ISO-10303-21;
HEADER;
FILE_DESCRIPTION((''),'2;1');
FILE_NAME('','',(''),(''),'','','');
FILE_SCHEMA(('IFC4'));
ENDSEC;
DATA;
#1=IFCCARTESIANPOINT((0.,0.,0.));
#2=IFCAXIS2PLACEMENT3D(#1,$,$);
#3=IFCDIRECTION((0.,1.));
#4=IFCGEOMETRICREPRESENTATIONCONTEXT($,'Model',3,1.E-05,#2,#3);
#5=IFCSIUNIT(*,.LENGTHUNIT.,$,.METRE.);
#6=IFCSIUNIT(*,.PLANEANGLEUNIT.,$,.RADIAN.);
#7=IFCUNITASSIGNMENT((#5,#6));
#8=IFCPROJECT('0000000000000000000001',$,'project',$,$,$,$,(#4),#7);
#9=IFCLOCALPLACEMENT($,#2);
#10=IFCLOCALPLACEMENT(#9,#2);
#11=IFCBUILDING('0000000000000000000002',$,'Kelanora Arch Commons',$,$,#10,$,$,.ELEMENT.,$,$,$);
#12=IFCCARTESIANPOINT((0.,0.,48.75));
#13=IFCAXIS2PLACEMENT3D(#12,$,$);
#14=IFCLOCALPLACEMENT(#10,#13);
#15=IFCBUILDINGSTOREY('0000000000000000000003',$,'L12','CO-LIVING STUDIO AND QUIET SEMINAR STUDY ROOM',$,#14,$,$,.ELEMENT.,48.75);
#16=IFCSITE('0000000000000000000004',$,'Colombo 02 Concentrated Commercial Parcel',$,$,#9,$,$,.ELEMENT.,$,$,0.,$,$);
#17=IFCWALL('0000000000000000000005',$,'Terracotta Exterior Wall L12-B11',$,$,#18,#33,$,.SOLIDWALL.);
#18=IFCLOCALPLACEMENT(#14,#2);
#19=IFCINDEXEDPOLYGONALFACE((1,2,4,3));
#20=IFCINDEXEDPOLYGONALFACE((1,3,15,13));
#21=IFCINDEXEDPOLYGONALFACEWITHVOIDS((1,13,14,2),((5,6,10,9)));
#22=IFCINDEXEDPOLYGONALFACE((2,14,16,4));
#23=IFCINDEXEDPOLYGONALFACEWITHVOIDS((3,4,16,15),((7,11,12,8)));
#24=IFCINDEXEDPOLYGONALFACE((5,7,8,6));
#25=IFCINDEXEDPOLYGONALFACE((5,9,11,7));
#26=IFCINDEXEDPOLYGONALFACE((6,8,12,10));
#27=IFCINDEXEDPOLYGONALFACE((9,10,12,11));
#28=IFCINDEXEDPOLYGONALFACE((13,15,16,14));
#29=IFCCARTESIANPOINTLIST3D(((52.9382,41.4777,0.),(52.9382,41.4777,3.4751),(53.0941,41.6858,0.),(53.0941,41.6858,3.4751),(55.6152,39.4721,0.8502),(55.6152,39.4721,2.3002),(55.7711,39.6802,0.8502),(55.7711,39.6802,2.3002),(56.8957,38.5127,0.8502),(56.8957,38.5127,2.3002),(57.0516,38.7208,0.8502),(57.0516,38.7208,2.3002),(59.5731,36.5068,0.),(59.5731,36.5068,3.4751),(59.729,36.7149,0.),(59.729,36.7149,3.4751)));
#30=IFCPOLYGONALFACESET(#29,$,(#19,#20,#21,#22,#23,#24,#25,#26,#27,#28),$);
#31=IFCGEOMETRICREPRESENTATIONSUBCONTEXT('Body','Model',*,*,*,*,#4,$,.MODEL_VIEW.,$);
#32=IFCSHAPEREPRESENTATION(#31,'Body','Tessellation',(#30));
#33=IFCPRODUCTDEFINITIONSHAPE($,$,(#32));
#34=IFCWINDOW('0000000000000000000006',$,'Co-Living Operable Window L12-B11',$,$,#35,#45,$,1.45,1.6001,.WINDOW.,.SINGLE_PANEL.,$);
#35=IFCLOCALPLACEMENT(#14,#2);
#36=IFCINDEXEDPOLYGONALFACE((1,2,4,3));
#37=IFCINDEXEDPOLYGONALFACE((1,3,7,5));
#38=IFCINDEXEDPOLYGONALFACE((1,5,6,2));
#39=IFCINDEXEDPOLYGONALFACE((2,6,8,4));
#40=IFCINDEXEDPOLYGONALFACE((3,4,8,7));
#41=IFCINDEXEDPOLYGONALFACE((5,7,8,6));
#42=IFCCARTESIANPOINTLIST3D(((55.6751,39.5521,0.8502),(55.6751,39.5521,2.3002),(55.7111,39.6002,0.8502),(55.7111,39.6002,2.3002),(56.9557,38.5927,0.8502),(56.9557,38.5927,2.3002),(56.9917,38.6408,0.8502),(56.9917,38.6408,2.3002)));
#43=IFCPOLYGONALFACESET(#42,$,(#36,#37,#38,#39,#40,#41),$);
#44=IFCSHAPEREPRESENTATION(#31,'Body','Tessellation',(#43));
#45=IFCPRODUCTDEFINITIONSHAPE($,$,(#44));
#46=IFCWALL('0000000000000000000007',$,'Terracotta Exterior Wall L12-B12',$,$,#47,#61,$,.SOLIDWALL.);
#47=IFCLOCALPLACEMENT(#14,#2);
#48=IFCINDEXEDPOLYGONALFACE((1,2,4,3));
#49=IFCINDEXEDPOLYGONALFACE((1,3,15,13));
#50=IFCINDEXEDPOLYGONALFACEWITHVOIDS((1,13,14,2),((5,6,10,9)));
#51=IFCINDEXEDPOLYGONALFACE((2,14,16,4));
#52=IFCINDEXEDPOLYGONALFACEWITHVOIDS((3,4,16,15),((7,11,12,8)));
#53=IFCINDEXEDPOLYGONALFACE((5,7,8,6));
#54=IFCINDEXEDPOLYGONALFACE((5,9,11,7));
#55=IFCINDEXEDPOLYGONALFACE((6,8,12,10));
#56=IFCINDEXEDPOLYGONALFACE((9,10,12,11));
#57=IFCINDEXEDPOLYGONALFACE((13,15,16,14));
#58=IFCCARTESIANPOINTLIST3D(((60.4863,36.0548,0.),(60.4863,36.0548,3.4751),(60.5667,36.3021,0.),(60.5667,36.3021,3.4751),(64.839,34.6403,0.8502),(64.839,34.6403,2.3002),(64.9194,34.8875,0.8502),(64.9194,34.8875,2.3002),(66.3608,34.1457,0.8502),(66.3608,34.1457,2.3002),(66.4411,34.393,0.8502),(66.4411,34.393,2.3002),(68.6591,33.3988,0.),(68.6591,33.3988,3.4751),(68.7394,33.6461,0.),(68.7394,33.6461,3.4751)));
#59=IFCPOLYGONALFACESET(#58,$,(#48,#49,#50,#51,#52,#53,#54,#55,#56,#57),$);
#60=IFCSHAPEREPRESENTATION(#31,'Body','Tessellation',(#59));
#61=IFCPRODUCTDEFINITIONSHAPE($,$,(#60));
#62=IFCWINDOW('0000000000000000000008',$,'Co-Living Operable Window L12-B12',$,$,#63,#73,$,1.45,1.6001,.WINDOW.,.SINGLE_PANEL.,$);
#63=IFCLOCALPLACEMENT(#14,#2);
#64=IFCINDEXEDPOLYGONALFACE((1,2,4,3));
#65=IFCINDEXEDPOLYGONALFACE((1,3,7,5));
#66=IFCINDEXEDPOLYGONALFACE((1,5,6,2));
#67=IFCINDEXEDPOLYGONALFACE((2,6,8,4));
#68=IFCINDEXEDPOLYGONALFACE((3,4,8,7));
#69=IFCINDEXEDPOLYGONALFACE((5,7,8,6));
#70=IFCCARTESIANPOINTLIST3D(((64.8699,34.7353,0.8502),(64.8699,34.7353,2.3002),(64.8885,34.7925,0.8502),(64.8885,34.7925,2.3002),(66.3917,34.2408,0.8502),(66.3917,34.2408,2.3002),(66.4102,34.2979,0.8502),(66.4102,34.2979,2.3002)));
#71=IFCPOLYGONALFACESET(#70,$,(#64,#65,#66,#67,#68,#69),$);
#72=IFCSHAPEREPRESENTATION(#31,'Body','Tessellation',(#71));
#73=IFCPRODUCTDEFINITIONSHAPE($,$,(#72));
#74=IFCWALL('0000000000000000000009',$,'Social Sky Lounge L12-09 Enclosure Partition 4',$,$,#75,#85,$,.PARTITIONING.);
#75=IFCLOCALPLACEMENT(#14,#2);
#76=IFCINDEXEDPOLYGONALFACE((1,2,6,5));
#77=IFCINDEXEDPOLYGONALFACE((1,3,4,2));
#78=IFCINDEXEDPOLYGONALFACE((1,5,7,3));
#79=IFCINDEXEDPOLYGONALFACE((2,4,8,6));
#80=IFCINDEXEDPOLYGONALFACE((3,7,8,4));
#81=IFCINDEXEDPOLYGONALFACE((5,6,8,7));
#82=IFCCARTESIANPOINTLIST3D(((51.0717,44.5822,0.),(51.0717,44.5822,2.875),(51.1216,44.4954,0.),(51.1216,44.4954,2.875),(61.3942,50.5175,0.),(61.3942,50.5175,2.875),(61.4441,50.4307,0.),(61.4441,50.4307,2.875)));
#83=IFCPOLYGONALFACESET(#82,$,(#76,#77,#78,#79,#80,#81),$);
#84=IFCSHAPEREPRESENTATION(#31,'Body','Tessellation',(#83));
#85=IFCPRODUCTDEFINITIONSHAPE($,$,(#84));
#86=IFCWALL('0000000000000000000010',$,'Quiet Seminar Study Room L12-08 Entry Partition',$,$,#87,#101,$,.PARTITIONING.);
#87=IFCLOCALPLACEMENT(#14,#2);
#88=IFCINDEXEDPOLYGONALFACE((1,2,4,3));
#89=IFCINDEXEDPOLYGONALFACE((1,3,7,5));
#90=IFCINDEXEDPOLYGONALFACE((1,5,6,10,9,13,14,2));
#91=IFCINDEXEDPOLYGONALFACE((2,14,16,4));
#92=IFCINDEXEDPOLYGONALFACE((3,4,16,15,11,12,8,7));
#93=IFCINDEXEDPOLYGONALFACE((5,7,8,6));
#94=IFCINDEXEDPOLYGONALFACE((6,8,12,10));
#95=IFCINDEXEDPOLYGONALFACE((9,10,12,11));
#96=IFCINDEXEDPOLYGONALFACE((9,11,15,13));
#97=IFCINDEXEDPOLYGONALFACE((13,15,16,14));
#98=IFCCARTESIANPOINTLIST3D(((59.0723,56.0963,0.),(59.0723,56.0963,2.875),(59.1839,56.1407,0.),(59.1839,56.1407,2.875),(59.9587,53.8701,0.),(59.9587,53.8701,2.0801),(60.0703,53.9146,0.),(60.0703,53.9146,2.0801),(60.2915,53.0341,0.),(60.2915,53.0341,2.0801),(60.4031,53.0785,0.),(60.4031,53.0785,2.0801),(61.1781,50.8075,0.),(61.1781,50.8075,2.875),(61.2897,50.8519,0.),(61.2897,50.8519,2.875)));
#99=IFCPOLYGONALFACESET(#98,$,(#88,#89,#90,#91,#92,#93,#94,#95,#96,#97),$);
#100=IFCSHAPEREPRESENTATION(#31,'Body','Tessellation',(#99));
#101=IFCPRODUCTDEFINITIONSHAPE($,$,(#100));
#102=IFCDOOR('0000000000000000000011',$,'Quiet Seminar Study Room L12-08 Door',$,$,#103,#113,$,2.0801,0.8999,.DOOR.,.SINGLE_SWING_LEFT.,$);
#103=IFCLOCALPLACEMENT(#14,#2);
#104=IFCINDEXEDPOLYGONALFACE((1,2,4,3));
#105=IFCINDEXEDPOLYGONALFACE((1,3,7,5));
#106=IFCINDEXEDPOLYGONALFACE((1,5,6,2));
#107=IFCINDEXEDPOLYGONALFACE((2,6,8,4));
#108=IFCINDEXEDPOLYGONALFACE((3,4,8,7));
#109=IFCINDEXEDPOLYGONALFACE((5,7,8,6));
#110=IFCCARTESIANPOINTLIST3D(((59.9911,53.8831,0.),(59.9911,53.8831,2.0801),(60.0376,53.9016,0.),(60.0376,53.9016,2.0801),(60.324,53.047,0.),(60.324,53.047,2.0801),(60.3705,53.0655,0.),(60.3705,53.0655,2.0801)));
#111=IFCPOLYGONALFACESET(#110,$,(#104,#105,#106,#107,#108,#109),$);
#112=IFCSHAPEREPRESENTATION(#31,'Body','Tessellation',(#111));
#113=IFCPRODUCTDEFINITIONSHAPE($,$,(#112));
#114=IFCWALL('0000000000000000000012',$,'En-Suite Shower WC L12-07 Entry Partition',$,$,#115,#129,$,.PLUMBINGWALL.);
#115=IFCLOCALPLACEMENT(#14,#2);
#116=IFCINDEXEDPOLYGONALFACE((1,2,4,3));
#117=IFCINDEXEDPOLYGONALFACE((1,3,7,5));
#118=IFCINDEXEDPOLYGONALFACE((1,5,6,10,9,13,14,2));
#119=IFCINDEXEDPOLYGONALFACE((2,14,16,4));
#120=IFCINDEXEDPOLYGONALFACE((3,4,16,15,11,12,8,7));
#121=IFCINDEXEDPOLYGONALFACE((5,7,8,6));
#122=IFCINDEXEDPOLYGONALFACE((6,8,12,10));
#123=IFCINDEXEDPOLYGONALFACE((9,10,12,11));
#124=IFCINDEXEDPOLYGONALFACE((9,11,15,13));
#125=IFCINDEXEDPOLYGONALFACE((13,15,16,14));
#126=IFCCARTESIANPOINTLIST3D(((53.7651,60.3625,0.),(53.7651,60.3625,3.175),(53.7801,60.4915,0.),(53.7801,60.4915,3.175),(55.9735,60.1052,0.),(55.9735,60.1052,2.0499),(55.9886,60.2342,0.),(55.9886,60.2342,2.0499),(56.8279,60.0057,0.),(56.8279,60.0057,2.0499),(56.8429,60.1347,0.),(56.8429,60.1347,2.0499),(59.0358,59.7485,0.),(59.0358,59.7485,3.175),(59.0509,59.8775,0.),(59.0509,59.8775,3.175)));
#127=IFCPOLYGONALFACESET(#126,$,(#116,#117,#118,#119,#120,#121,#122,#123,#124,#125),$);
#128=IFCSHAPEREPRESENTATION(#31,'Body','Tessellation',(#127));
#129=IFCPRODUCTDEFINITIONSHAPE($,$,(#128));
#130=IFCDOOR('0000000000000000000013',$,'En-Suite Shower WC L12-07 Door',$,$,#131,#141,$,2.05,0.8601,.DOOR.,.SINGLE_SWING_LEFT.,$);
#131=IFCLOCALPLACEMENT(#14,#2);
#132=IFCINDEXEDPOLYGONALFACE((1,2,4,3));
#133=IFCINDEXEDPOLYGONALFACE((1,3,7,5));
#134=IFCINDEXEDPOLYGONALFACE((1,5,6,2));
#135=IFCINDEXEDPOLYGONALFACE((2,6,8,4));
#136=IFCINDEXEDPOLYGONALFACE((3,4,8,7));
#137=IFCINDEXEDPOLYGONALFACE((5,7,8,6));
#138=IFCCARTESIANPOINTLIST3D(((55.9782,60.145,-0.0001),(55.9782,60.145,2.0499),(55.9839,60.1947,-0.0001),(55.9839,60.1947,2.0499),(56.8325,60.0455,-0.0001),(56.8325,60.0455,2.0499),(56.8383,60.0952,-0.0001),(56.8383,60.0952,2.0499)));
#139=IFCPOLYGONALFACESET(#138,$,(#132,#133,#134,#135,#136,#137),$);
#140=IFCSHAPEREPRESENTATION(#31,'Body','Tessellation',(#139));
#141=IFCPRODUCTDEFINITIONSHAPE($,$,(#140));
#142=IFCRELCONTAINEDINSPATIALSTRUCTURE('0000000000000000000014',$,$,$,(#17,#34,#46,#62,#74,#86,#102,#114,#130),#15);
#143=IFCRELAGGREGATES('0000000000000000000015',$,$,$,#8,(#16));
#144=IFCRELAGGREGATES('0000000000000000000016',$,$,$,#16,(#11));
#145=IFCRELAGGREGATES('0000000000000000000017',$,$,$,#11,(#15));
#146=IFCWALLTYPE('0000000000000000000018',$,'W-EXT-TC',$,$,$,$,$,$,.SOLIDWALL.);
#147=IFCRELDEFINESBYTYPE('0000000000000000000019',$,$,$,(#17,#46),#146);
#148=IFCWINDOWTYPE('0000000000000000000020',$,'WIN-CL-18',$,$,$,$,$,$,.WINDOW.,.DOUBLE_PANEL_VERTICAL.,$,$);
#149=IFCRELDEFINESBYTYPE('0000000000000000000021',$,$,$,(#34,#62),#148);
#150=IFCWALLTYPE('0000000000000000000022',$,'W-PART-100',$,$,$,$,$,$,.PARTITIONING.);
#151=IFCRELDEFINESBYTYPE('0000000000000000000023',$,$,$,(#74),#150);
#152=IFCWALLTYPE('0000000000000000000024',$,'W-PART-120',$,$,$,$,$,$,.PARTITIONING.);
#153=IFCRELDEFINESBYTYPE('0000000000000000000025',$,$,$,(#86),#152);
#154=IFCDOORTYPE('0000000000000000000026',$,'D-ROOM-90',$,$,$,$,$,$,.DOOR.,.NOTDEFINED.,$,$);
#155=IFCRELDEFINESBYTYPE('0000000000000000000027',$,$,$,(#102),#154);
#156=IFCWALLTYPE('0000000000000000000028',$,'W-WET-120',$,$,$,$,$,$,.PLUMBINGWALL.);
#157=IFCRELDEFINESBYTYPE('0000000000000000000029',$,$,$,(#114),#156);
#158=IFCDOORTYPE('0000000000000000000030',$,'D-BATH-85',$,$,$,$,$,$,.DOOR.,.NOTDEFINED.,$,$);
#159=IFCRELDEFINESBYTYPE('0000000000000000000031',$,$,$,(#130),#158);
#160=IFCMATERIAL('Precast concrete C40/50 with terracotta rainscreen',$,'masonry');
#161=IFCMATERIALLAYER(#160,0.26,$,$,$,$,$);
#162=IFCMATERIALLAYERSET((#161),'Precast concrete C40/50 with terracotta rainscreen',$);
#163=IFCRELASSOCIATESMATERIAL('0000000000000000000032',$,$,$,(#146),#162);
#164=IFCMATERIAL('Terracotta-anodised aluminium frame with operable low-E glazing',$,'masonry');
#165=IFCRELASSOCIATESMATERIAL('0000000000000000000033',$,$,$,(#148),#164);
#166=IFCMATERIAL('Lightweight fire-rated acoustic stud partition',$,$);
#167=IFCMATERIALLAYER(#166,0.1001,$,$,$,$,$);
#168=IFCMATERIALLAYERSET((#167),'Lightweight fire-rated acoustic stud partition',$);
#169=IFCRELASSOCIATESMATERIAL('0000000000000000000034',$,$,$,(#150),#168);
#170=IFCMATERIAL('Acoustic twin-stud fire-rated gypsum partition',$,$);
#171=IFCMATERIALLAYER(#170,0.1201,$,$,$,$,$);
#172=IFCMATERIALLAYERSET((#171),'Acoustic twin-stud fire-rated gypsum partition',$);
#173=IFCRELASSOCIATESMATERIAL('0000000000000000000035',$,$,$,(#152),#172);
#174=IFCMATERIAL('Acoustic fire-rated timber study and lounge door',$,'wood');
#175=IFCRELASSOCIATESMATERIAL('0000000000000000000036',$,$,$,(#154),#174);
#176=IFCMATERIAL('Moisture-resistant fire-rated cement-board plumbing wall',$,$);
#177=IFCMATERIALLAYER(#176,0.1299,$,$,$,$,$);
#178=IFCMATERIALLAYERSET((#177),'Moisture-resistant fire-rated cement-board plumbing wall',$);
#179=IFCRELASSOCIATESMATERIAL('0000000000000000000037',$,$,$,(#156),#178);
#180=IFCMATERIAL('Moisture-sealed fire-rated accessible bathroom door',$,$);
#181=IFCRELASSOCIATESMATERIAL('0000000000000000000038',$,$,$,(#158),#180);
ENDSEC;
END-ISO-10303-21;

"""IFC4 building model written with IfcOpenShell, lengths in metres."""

from ifc_helpers import new_model, si_unit, direction, frame, frame_2d, origin, place, context, subcontext, project, spatial, rectangle, extrude, material, layer, layer_set, type_object, element, fill, save


model = new_model("IFC4")

# Units and contexts
model_context = context("Model", 3, precision=1e-05, world=origin(), true_north=direction((0.0, 1.0)))
body_context = subcontext(model_context, "Body", "Model", "MODEL_VIEW")
ifc_project = project(units=[si_unit("LENGTHUNIT", "METRE"), si_unit("PLANEANGLEUNIT", "RADIAN")], contexts=[model_context])

# Site, building, storey
site_placement = place(None, origin())
site = spatial("IfcSite", under=ifc_project, at=site_placement, Name="Colombo 02 Concentrated Commercial Parcel", CompositionType="ELEMENT", RefElevation=0.0)
building_placement = place(site_placement, origin())
building = spatial("IfcBuilding", under=site, at=building_placement, Name="Kelanora Arch Commons", CompositionType="ELEMENT")
storey_placement = place(building_placement, frame((0.0, 0.0, 48.75)))
storey = spatial("IfcBuildingStorey", under=building, at=storey_placement, Name="L12", Description="CO-LIVING STUDIO AND QUIET SEMINAR STUDY ROOM", CompositionType="ELEMENT", Elevation=48.75)

# Walls, openings, windows
ifc_material_1 = material(Name="Precast concrete C40/50 with terracotta rainscreen", Category="masonry")
ifc_layer_1 = layer(ifc_material_1, 0.26)
ifc_layer_set_1 = layer_set([ifc_layer_1], Name="Precast concrete C40/50 with terracotta rainscreen")
wall_type_1 = type_object("IfcWallType", Name="W-EXT-TC", PredefinedType="SOLIDWALL", material=ifc_layer_set_1)
wall_1_placement = place(storey_placement, frame((53.0161, 41.5818, 0.0), z_axis=(0.0, 0.0, 1.0), x_axis=(0.800307, -0.59959, 0.0)))
wall_1 = element("IfcWall", 1, at=wall_1_placement, inside=storey, type_object=wall_type_1, Name="Terracotta Exterior Wall L12-B11", PredefinedType="SOLIDWALL", context=body_context, shape_type="SweptSolid", body=[
    extrude(rectangle(XDim=8.2905, YDim=0.26, at=frame_2d((4.1453, 0.0))), origin(), (0.0, 0.0, 1.0), 3.4751),
])
opening_1_placement = place(wall_1_placement, frame((3.345, 0.0, 0.8501)))
opening_1 = element("IfcOpeningElement", 2, at=opening_1_placement, cuts=wall_1, PredefinedType="OPENING", context=body_context, shape_type="SweptSolid", body=[
    extrude(rectangle(XDim=1.6001, YDim=1.45, at=frame_2d((0.8, 0.7251))), frame((0.0, 0.1401, 0.0), z_axis=(0.0, -1.0, 0.0), x_axis=(1.0, 0.0, 0.0)), (0.0, 0.0, 1.0), 0.28),
])
ifc_material_2 = material(Name="Terracotta-anodised aluminium frame with operable low-E glazing", Category="masonry")
window_type = type_object("IfcWindowType", Name="WIN-CL-18", PartitioningType="DOUBLE_PANEL_VERTICAL", PredefinedType="WINDOW", material=ifc_material_2)
window_1_placement = place(opening_1_placement, origin())
window_1 = element("IfcWindow", 3, at=window_1_placement, inside=storey, type_object=window_type, Name="Co-Living Operable Window L12-B11", OverallHeight=1.45, OverallWidth=1.6001, PartitioningType="SINGLE_PANEL", PredefinedType="WINDOW", context=body_context, shape_type="SweptSolid", body=[
    extrude(rectangle(XDim=1.6001, YDim=1.45, at=frame_2d((0.8, 0.7251))), frame((0.0, 0.03, 0.0), z_axis=(0.0, -1.0, 0.0), x_axis=(1.0, 0.0, 0.0)), (0.0, 0.0, 1.0), 0.0601),
])
fill(opening_1, window_1)
wall_2_placement = place(storey_placement, frame((60.5264, 36.1785, 0.0), z_axis=(0.0, 0.0, 1.0), x_axis=(0.95104, -0.309068, 0.0)))
wall_2 = element("IfcWall", 4, at=wall_2_placement, inside=storey, type_object=wall_type_1, Name="Terracotta Exterior Wall L12-B12", PredefinedType="SOLIDWALL", context=body_context, shape_type="SweptSolid", body=[
    extrude(rectangle(XDim=8.5935, YDim=0.26, at=frame_2d((4.2969, 0.0))), origin(), (0.0, 0.0, 1.0), 3.4751),
])
opening_2_placement = place(wall_2_placement, frame((4.5769, 0.0, 0.8501)))
opening_2 = element("IfcOpeningElement", 5, at=opening_2_placement, cuts=wall_2, PredefinedType="OPENING", context=body_context, shape_type="SweptSolid", body=[
    extrude(rectangle(XDim=1.6001, YDim=1.45, at=frame_2d((0.8, 0.7251))), frame((0.0, 0.1401, 0.0), z_axis=(0.0, -1.0, 0.0), x_axis=(1.0, 0.0, 0.0)), (0.0, 0.0, 1.0), 0.28),
])
window_2_placement = place(opening_2_placement, origin())
window_2 = element("IfcWindow", 6, at=window_2_placement, inside=storey, type_object=window_type, Name="Co-Living Operable Window L12-B12", OverallHeight=1.45, OverallWidth=1.6001, PartitioningType="SINGLE_PANEL", PredefinedType="WINDOW", context=body_context, shape_type="SweptSolid", body=[
    extrude(rectangle(XDim=1.6001, YDim=1.45, at=frame_2d((0.8, 0.7251))), frame((0.0, 0.03, 0.0), z_axis=(0.0, -1.0, 0.0), x_axis=(1.0, 0.0, 0.0)), (0.0, 0.0, 1.0), 0.0601),
])
fill(opening_2, window_2)

# Wall
ifc_material_3 = material(Name="Lightweight fire-rated acoustic stud partition")
ifc_layer_2 = layer(ifc_material_3, 0.1001)
ifc_layer_set_2 = layer_set([ifc_layer_2], Name="Lightweight fire-rated acoustic stud partition")
wall_type_2 = type_object("IfcWallType", Name="W-PART-100", PredefinedType="PARTITIONING", material=ifc_layer_set_2)
wall_3_placement = place(storey_placement, frame((51.0967, 44.5388, 0.0), z_axis=(0.0, 0.0, 1.0), x_axis=(0.866911, 0.498462, 0.0)))
element("IfcWall", 7, at=wall_3_placement, inside=storey, type_object=wall_type_2, Name="Social Sky Lounge L12-09 Enclosure Partition 4", PredefinedType="PARTITIONING", context=body_context, shape_type="SweptSolid", body=[
    extrude(rectangle(XDim=11.9072, YDim=0.1001, at=frame_2d((5.9536, 0.0))), origin(), (0.0, 0.0, 1.0), 2.875),
])

# Walls, openings, doors
ifc_material_4 = material(Name="Acoustic twin-stud fire-rated gypsum partition")
ifc_layer_3 = layer(ifc_material_4, 0.1201)
ifc_layer_set_3 = layer_set([ifc_layer_3], Name="Acoustic twin-stud fire-rated gypsum partition")
wall_type_3 = type_object("IfcWallType", Name="W-PART-120", PredefinedType="PARTITIONING", material=ifc_layer_set_3)
wall_4_placement = place(storey_placement, frame((59.1282, 56.1184, 0.0), z_axis=(0.0, 0.0, 1.0), x_axis=(0.369904, -0.92907, 0.0)))
wall_4 = element("IfcWall", 8, at=wall_4_placement, inside=storey, type_object=wall_type_3, Name="Quiet Seminar Study Room L12-08 Entry Partition", PredefinedType="PARTITIONING", context=body_context, shape_type="SweptSolid", body=[
    extrude(rectangle(XDim=5.6926, YDim=0.1201, at=frame_2d((2.8462, 0.0))), origin(), (0.0, 0.0, 1.0), 2.875),
])
opening_3_placement = place(wall_4_placement, frame((2.396, 0.0, 0.0)))
opening_3 = element("IfcOpeningElement", 9, at=opening_3_placement, cuts=wall_4, PredefinedType="OPENING", context=body_context, shape_type="SweptSolid", body=[
    extrude(rectangle(XDim=0.8999, YDim=2.0801, at=frame_2d((0.45, 1.04))), frame((0.0, 0.0701, 0.0), z_axis=(0.0, -1.0, 0.0), x_axis=(1.0, 0.0, 0.0)), (0.0, 0.0, 1.0), 0.1401),
])
ifc_material_5 = material(Name="Acoustic fire-rated timber study and lounge door", Category="wood")
door_type_1 = type_object("IfcDoorType", Name="D-ROOM-90", OperationType="NOTDEFINED", PredefinedType="DOOR", material=ifc_material_5)
door_1_placement = place(opening_3_placement, origin())
door_1 = element("IfcDoor", 10, at=door_1_placement, inside=storey, type_object=door_type_1, Name="Quiet Seminar Study Room L12-08 Door", OperationType="SINGLE_SWING_LEFT", OverallHeight=2.0801, OverallWidth=0.8999, PredefinedType="DOOR", context=body_context, shape_type="SweptSolid", body=[
    extrude(rectangle(XDim=0.8999, YDim=2.0801, at=frame_2d((0.45, 1.04))), frame((0.0, 0.0249, 0.0), z_axis=(0.0, -1.0, 0.0), x_axis=(1.0, 0.0, 0.0)), (0.0, 0.0, 1.0), 0.05),
])
fill(opening_3, door_1)
ifc_material_6 = material(Name="Moisture-resistant fire-rated cement-board plumbing wall")
ifc_layer_4 = layer(ifc_material_6, 0.1299)
ifc_layer_set_4 = layer_set([ifc_layer_4], Name="Moisture-resistant fire-rated cement-board plumbing wall")
wall_type_4 = type_object("IfcWallType", Name="W-WET-120", PredefinedType="PLUMBINGWALL", material=ifc_layer_set_4)
wall_5_placement = place(storey_placement, frame((59.0435, 59.813, 0.0), z_axis=(0.0, 0.0, 1.0), x_axis=(-0.993283, 0.115712, 0.0)))
wall_5 = element("IfcWall", 11, at=wall_5_placement, inside=storey, type_object=wall_type_4, Name="En-Suite Shower WC L12-07 Entry Partition", PredefinedType="PLUMBINGWALL", context=body_context, shape_type="SweptSolid", body=[
    extrude(rectangle(XDim=5.3064, YDim=0.1299, at=frame_2d((2.6533, 0.0))), origin(), (0.0, 0.0, 1.0), 3.175),
])
opening_4_placement = place(wall_5_placement, frame((2.2229, 0.0, 0.0)))
opening_4 = element("IfcOpeningElement", 12, at=opening_4_placement, cuts=wall_5, PredefinedType="OPENING", context=body_context, shape_type="SweptSolid", body=[
    extrude(rectangle(XDim=0.8601, YDim=2.05, at=frame_2d((0.4302, 1.0249))), frame((0.0, 0.075, 0.0), z_axis=(0.0, -1.0, 0.0), x_axis=(1.0, 0.0, 0.0)), (0.0, 0.0, 1.0), 0.1499),
])
ifc_material_7 = material(Name="Moisture-sealed fire-rated accessible bathroom door")
door_type_2 = type_object("IfcDoorType", Name="D-BATH-85", OperationType="NOTDEFINED", PredefinedType="DOOR", material=ifc_material_7)
door_2_placement = place(opening_4_placement, origin())
door_2 = element("IfcDoor", 13, at=door_2_placement, inside=storey, type_object=door_type_2, Name="En-Suite Shower WC L12-07 Door", OperationType="SINGLE_SWING_LEFT", OverallHeight=2.05, OverallWidth=0.8601, PredefinedType="DOOR", context=body_context, shape_type="SweptSolid", body=[
    extrude(rectangle(XDim=0.8601, YDim=2.05, at=frame_2d((0.4302, 1.0249))), frame((0.0, 0.0249, 0.0), z_axis=(0.0, -1.0, 0.0), x_axis=(1.0, 0.0, 0.0)), (0.0, 0.0, 1.0), 0.05),
])
fill(opening_4, door_2)

save(model, "model.ifc")
